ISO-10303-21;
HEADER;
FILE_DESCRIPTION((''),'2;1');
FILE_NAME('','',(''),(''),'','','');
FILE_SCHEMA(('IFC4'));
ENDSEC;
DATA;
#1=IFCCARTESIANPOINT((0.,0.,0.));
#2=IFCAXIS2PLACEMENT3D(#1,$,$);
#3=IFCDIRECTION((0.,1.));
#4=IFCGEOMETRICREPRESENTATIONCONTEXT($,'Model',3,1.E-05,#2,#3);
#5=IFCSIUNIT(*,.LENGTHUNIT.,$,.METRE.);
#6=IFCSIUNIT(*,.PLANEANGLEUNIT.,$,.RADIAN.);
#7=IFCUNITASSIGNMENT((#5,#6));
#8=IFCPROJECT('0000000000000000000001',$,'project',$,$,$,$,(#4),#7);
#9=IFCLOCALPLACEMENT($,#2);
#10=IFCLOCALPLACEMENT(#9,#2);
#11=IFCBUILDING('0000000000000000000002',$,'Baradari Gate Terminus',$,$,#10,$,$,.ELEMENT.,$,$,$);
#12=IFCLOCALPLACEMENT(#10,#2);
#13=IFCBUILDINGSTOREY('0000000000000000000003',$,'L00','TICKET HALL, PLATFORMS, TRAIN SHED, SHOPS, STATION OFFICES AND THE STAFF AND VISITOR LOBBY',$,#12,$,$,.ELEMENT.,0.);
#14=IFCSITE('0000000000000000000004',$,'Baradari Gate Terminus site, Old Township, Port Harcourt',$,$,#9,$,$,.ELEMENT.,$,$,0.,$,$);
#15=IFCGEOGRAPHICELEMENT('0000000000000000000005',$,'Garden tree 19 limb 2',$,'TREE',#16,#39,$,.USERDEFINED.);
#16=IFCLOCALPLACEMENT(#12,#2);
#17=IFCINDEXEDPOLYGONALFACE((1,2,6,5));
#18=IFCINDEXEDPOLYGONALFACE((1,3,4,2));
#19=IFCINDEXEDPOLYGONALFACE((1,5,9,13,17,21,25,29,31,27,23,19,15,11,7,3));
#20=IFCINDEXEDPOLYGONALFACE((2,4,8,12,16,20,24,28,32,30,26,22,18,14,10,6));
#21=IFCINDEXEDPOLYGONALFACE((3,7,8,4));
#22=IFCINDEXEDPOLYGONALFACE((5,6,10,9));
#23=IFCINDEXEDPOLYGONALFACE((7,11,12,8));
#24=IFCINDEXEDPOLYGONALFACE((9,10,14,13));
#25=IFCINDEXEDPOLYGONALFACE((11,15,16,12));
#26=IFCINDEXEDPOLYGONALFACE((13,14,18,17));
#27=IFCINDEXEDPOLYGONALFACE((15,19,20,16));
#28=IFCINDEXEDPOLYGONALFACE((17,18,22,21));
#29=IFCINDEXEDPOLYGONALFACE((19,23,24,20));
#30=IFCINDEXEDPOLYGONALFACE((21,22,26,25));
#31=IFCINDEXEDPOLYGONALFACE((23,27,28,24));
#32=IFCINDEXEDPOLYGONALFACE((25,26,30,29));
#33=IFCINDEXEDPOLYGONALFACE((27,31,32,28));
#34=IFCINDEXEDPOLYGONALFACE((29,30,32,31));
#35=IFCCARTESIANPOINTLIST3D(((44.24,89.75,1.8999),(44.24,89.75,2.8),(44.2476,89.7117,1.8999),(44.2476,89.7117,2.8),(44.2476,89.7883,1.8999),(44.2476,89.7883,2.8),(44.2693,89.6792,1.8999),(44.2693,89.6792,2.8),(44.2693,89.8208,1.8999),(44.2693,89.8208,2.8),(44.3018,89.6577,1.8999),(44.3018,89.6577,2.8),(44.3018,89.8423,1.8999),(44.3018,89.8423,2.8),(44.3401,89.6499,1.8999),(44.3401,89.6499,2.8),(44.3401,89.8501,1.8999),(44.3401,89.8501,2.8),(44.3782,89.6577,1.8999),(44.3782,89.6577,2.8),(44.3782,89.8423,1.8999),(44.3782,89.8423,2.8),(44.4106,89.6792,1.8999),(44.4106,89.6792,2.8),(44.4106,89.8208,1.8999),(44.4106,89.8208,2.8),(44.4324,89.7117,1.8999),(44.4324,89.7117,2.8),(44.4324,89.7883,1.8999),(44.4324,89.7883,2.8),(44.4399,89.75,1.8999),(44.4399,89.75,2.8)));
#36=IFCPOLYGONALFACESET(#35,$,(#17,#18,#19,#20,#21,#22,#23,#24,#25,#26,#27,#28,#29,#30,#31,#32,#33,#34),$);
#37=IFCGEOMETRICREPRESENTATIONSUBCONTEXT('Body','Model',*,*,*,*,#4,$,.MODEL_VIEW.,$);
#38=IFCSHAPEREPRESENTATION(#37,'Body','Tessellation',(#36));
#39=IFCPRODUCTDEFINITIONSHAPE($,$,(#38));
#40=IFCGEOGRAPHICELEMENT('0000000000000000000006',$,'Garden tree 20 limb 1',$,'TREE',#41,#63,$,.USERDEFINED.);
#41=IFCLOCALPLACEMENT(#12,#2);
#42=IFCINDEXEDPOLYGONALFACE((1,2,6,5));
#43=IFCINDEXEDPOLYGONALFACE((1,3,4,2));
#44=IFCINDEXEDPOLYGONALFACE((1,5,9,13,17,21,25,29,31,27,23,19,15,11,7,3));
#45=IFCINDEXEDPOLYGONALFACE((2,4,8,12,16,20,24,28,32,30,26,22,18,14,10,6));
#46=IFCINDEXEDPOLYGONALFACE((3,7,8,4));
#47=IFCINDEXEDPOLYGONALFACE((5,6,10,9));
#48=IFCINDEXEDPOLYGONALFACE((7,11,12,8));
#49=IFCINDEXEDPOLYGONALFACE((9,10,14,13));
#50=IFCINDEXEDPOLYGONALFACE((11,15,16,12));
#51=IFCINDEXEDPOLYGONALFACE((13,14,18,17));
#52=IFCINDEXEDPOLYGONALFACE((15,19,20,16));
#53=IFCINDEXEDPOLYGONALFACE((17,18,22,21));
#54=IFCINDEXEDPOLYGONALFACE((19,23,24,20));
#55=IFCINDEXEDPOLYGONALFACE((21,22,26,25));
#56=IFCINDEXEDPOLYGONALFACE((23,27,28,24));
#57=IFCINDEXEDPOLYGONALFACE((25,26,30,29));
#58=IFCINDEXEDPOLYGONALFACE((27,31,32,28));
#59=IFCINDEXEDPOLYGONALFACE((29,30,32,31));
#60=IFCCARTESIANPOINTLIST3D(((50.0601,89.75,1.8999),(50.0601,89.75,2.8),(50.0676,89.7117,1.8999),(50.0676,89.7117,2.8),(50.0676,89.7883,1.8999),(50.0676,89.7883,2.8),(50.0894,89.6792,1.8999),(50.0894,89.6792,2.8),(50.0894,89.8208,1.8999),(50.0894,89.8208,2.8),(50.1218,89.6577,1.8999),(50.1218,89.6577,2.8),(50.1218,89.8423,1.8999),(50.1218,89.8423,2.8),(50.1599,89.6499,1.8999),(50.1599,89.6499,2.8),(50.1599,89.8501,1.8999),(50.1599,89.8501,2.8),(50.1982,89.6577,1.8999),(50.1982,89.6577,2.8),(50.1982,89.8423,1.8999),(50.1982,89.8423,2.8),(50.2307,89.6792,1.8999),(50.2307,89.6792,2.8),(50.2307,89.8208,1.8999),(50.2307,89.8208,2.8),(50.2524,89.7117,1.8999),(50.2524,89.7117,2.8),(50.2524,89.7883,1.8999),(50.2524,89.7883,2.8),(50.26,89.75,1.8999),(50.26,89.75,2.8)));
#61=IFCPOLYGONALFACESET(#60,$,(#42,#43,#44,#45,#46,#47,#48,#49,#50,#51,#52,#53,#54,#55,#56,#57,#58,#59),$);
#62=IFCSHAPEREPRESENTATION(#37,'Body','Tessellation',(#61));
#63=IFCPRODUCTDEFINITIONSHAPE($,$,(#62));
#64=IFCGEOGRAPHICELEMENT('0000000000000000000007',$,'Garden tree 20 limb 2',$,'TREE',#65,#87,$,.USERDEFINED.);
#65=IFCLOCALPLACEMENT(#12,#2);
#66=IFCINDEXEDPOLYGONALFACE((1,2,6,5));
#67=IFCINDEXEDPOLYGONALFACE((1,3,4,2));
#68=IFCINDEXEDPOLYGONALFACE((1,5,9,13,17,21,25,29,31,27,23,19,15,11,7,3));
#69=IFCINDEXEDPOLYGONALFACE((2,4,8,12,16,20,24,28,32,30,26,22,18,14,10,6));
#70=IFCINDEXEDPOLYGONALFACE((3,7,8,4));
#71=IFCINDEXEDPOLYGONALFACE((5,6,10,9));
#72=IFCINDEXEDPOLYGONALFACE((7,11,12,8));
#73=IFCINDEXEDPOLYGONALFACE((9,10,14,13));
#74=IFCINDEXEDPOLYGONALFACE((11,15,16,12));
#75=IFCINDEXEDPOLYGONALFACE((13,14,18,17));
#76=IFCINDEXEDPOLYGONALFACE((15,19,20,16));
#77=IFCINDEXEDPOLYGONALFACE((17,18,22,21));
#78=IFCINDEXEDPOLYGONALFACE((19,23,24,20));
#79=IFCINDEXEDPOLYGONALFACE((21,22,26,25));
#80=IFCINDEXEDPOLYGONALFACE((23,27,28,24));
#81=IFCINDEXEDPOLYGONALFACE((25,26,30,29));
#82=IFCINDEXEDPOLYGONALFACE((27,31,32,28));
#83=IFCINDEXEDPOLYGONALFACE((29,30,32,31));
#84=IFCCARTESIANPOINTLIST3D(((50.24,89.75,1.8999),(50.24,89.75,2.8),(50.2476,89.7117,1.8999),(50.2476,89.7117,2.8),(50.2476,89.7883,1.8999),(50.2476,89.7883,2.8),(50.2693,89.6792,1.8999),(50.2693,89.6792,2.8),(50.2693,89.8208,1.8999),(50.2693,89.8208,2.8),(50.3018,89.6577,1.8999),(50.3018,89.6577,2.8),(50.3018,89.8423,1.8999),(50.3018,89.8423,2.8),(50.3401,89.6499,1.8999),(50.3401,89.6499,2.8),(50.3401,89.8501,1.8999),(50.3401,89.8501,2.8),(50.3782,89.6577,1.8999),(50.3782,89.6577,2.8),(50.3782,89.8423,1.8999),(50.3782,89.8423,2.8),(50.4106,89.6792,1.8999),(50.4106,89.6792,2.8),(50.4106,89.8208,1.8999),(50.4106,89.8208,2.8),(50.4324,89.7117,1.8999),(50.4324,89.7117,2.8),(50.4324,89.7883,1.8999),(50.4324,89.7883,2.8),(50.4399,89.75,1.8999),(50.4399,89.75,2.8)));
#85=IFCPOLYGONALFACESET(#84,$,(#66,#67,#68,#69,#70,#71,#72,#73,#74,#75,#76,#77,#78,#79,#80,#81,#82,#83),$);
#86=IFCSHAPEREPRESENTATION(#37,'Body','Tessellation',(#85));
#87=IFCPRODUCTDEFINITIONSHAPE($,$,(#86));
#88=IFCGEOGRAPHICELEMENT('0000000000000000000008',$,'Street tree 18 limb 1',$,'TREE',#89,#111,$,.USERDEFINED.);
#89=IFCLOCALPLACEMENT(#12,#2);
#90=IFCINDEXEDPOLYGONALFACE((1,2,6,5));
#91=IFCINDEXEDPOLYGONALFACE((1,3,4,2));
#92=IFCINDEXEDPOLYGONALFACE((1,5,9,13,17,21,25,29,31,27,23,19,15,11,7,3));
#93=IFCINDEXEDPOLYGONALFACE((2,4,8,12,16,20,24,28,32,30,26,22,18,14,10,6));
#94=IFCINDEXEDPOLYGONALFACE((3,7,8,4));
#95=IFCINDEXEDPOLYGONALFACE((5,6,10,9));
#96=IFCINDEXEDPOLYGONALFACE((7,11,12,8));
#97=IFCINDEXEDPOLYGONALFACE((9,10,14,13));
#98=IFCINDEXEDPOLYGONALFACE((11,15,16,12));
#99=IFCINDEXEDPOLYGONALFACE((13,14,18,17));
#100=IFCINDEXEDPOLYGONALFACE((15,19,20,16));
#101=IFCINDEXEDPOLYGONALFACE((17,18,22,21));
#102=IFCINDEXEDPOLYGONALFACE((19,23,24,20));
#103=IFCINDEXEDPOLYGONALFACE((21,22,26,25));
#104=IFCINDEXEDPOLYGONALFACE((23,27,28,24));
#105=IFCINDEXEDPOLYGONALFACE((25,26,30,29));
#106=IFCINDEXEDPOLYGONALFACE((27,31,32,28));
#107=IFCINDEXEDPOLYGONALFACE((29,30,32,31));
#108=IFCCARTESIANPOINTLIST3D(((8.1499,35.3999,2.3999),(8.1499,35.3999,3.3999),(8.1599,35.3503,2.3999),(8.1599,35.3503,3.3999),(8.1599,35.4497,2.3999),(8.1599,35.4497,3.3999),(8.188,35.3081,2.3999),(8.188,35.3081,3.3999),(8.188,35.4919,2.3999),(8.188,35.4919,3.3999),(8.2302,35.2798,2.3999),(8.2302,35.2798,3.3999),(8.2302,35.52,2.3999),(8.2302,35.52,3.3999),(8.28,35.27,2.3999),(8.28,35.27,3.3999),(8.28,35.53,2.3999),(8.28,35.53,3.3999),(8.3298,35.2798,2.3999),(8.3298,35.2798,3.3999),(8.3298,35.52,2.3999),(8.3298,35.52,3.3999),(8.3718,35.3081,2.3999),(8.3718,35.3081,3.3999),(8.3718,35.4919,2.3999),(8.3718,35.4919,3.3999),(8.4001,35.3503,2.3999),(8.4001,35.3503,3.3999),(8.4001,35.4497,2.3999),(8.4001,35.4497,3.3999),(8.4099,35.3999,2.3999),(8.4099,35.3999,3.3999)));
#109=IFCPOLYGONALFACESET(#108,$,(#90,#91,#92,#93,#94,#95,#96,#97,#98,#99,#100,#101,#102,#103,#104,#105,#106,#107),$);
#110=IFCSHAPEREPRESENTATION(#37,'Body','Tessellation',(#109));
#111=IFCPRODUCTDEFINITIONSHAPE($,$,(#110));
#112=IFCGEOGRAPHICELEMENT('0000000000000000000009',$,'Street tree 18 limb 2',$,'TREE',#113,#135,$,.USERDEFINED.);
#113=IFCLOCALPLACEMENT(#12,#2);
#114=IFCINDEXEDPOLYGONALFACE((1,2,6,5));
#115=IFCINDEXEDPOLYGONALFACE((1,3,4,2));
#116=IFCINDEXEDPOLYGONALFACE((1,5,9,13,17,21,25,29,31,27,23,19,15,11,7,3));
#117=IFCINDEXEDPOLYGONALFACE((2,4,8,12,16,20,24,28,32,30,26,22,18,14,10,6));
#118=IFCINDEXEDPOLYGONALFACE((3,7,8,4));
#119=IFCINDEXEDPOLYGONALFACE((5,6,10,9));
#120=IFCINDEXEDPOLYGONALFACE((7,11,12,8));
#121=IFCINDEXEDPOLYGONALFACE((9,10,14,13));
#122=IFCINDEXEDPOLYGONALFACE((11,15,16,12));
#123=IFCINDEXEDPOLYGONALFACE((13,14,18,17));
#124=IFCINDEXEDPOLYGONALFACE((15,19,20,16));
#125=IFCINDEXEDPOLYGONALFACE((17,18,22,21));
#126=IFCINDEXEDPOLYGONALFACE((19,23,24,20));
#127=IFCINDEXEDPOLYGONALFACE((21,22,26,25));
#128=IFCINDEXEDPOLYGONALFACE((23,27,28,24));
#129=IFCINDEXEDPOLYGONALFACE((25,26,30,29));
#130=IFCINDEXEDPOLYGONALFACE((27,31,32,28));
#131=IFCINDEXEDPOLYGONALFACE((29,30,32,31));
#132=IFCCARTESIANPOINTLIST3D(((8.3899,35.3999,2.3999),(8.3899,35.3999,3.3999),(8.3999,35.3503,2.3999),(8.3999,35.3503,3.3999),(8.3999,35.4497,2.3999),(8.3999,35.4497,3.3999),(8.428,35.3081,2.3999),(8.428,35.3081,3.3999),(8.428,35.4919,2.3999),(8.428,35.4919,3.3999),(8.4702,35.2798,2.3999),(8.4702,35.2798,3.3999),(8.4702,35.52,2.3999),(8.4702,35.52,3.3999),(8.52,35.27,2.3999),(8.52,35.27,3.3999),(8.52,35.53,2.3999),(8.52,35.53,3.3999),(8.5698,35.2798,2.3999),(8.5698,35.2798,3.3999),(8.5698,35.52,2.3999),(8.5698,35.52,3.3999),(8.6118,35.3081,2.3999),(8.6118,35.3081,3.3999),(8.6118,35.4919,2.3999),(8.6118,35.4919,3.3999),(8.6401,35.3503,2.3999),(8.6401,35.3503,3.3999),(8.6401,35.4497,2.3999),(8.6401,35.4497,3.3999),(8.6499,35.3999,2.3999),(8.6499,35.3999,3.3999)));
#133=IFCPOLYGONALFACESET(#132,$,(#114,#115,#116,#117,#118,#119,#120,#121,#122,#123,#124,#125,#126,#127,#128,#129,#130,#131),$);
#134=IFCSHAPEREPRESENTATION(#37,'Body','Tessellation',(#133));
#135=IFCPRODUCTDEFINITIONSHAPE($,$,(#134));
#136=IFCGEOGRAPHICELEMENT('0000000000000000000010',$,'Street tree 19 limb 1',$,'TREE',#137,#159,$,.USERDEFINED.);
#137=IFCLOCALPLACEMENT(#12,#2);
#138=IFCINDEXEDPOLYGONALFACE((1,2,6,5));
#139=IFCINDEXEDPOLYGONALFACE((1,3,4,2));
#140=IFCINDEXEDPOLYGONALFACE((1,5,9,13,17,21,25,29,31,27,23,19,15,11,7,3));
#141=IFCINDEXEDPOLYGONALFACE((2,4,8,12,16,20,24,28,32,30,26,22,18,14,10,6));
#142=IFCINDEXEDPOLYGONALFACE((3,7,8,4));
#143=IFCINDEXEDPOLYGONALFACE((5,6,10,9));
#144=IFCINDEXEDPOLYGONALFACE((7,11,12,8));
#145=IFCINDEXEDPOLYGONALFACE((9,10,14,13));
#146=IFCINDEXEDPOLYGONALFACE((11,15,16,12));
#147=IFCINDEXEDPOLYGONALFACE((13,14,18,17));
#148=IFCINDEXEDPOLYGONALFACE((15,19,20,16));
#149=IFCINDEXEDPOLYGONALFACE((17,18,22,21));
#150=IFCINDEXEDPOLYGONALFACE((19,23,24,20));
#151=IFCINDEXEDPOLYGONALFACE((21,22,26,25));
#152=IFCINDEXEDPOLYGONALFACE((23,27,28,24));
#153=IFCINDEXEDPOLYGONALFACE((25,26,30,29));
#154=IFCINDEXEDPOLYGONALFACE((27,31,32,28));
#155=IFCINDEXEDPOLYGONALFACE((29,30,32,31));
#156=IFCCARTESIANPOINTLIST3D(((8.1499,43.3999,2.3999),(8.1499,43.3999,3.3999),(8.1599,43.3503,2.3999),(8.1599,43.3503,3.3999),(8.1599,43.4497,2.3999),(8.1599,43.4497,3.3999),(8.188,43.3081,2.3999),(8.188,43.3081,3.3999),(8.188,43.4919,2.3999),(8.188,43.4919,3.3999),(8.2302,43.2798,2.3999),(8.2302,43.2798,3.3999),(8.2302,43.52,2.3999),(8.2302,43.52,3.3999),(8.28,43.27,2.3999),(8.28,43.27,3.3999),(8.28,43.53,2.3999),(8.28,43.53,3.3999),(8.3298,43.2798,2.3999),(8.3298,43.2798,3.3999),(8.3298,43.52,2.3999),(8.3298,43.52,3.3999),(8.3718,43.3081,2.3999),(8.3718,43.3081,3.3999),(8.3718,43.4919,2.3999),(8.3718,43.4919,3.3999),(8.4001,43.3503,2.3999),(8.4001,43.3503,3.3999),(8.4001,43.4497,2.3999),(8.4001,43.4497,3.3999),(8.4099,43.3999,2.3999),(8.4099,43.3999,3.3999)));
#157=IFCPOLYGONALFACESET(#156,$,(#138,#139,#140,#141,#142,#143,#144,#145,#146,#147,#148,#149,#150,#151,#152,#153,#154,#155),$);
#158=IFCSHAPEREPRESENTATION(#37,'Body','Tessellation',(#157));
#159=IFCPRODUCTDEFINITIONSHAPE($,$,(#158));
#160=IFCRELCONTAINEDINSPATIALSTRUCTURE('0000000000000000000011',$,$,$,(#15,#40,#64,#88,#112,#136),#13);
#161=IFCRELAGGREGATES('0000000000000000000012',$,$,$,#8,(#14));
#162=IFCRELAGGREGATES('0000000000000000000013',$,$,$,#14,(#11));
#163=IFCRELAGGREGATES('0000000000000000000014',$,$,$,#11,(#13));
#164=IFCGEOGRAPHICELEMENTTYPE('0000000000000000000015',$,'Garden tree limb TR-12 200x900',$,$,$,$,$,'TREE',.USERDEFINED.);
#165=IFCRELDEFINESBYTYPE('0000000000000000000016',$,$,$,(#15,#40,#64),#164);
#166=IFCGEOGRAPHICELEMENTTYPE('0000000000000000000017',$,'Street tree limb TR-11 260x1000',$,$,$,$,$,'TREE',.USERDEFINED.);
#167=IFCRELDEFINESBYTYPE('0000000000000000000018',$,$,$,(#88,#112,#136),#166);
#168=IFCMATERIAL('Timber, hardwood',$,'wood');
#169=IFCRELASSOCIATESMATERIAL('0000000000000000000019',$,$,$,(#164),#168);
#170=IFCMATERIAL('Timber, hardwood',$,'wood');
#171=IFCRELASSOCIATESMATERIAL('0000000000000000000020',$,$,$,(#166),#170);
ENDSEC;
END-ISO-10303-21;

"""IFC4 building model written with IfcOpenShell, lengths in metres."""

from ifc_helpers import new_model, si_unit, direction, frame, origin, place, context, subcontext, project, spatial, polyline, outline, extrude, material, type_object, element, save


model = new_model("IFC4")

# Units and contexts
model_context = context("Model", 3, precision=1e-05, world=origin(), true_north=direction((0.0, 1.0)))
body_context = subcontext(model_context, "Body", "Model", "MODEL_VIEW")
ifc_project = project(units=[si_unit("LENGTHUNIT", "METRE"), si_unit("PLANEANGLEUNIT", "RADIAN")], contexts=[model_context])

# Site, building, storey
site_placement = place(None, origin())
site = spatial("IfcSite", under=ifc_project, at=site_placement, Name="Baradari Gate Terminus site, Old Township, Port Harcourt", CompositionType="ELEMENT", RefElevation=0.0)
building_placement = place(site_placement, origin())
building = spatial("IfcBuilding", under=site, at=building_placement, Name="Baradari Gate Terminus", CompositionType="ELEMENT")
storey_placement = place(building_placement, origin())
storey = spatial("IfcBuildingStorey", under=building, at=storey_placement, Name="L00", Description="TICKET HALL, PLATFORMS, TRAIN SHED, SHOPS, STATION OFFICES AND THE STAFF AND VISITOR LOBBY", CompositionType="ELEMENT", Elevation=0.0)

# Geographic elements
ifc_material_1 = material(Name="Timber, hardwood", Category="wood")
geographic_element_type_1 = type_object("IfcGeographicElementType", Name="Garden tree limb TR-12 200x900", ElementType="TREE", PredefinedType="USERDEFINED", material=ifc_material_1)
geographic_element_1_placement = place(storey_placement, frame((0.0, 0.0, 1.8999)))
element("IfcGeographicElement", 1, at=geographic_element_1_placement, inside=storey, type_object=geographic_element_type_1, Name="Garden tree 19 limb 2", ObjectType="TREE", PredefinedType="USERDEFINED", context=body_context, shape_type="SweptSolid", body=[
    extrude(outline(polyline([(44.4399, 89.75), (44.4324, 89.7883), (44.4106, 89.8208), (44.3782, 89.8423), (44.3401, 89.8501), (44.3018, 89.8423), (44.2693, 89.8208), (44.2476, 89.7883), (44.24, 89.75), (44.2476, 89.7117), (44.2693, 89.6792), (44.3018, 89.6577), (44.3401, 89.6499), (44.3782, 89.6577), (44.4106, 89.6792), (44.4324, 89.7117), (44.4399, 89.75)])), origin(), (0.0, 0.0, 1.0), 0.9001),
])
geographic_element_2_placement = place(storey_placement, frame((0.0, 0.0, 1.8999)))
element("IfcGeographicElement", 2, at=geographic_element_2_placement, inside=storey, type_object=geographic_element_type_1, Name="Garden tree 20 limb 1", ObjectType="TREE", PredefinedType="USERDEFINED", context=body_context, shape_type="SweptSolid", body=[
    extrude(outline(polyline([(50.26, 89.75), (50.2524, 89.7883), (50.2307, 89.8208), (50.1982, 89.8423), (50.1599, 89.8501), (50.1218, 89.8423), (50.0894, 89.8208), (50.0676, 89.7883), (50.0601, 89.75), (50.0676, 89.7117), (50.0894, 89.6792), (50.1218, 89.6577), (50.1599, 89.6499), (50.1982, 89.6577), (50.2307, 89.6792), (50.2524, 89.7117), (50.26, 89.75)])), origin(), (0.0, 0.0, 1.0), 0.9001),
])
geographic_element_3_placement = place(storey_placement, frame((0.0, 0.0, 1.8999)))
element("IfcGeographicElement", 3, at=geographic_element_3_placement, inside=storey, type_object=geographic_element_type_1, Name="Garden tree 20 limb 2", ObjectType="TREE", PredefinedType="USERDEFINED", context=body_context, shape_type="SweptSolid", body=[
    extrude(outline(polyline([(50.4399, 89.75), (50.4324, 89.7883), (50.4106, 89.8208), (50.3782, 89.8423), (50.3401, 89.8501), (50.3018, 89.8423), (50.2693, 89.8208), (50.2476, 89.7883), (50.24, 89.75), (50.2476, 89.7117), (50.2693, 89.6792), (50.3018, 89.6577), (50.3401, 89.6499), (50.3782, 89.6577), (50.4106, 89.6792), (50.4324, 89.7117), (50.4399, 89.75)])), origin(), (0.0, 0.0, 1.0), 0.9001),
])
ifc_material_2 = material(Name="Timber, hardwood", Category="wood")
geographic_element_type_2 = type_object("IfcGeographicElementType", Name="Street tree limb TR-11 260x1000", ElementType="TREE", PredefinedType="USERDEFINED", material=ifc_material_2)
geographic_element_4_placement = place(storey_placement, frame((0.0, 0.0, 2.3999)))
element("IfcGeographicElement", 4, at=geographic_element_4_placement, inside=storey, type_object=geographic_element_type_2, Name="Street tree 18 limb 1", ObjectType="TREE", PredefinedType="USERDEFINED", context=body_context, shape_type="SweptSolid", body=[
    extrude(outline(polyline([(8.4099, 35.3999), (8.4001, 35.4497), (8.3718, 35.4919), (8.3298, 35.52), (8.28, 35.53), (8.2302, 35.52), (8.188, 35.4919), (8.1599, 35.4497), (8.1499, 35.3999), (8.1599, 35.3503), (8.188, 35.3081), (8.2302, 35.2798), (8.28, 35.27), (8.3298, 35.2798), (8.3718, 35.3081), (8.4001, 35.3503), (8.4099, 35.3999)])), origin(), (0.0, 0.0, 1.0), 1.0),
])
geographic_element_5_placement = place(storey_placement, frame((0.0, 0.0, 2.3999)))
element("IfcGeographicElement", 5, at=geographic_element_5_placement, inside=storey, type_object=geographic_element_type_2, Name="Street tree 18 limb 2", ObjectType="TREE", PredefinedType="USERDEFINED", context=body_context, shape_type="SweptSolid", body=[
    extrude(outline(polyline([(8.6499, 35.3999), (8.6401, 35.4497), (8.6118, 35.4919), (8.5698, 35.52), (8.52, 35.53), (8.4702, 35.52), (8.428, 35.4919), (8.3999, 35.4497), (8.3899, 35.3999), (8.3999, 35.3503), (8.428, 35.3081), (8.4702, 35.2798), (8.52, 35.27), (8.5698, 35.2798), (8.6118, 35.3081), (8.6401, 35.3503), (8.6499, 35.3999)])), origin(), (0.0, 0.0, 1.0), 1.0),
])
geographic_element_6_placement = place(storey_placement, frame((0.0, 0.0, 2.3999)))
element("IfcGeographicElement", 6, at=geographic_element_6_placement, inside=storey, type_object=geographic_element_type_2, Name="Street tree 19 limb 1", ObjectType="TREE", PredefinedType="USERDEFINED", context=body_context, shape_type="SweptSolid", body=[
    extrude(outline(polyline([(8.4099, 43.3999), (8.4001, 43.4497), (8.3718, 43.4919), (8.3298, 43.52), (8.28, 43.53), (8.2302, 43.52), (8.188, 43.4919), (8.1599, 43.4497), (8.1499, 43.3999), (8.1599, 43.3503), (8.188, 43.3081), (8.2302, 43.2798), (8.28, 43.27), (8.3298, 43.2798), (8.3718, 43.3081), (8.4001, 43.3503), (8.4099, 43.3999)])), origin(), (0.0, 0.0, 1.0), 1.0),
])

save(model, "model.ifc")
